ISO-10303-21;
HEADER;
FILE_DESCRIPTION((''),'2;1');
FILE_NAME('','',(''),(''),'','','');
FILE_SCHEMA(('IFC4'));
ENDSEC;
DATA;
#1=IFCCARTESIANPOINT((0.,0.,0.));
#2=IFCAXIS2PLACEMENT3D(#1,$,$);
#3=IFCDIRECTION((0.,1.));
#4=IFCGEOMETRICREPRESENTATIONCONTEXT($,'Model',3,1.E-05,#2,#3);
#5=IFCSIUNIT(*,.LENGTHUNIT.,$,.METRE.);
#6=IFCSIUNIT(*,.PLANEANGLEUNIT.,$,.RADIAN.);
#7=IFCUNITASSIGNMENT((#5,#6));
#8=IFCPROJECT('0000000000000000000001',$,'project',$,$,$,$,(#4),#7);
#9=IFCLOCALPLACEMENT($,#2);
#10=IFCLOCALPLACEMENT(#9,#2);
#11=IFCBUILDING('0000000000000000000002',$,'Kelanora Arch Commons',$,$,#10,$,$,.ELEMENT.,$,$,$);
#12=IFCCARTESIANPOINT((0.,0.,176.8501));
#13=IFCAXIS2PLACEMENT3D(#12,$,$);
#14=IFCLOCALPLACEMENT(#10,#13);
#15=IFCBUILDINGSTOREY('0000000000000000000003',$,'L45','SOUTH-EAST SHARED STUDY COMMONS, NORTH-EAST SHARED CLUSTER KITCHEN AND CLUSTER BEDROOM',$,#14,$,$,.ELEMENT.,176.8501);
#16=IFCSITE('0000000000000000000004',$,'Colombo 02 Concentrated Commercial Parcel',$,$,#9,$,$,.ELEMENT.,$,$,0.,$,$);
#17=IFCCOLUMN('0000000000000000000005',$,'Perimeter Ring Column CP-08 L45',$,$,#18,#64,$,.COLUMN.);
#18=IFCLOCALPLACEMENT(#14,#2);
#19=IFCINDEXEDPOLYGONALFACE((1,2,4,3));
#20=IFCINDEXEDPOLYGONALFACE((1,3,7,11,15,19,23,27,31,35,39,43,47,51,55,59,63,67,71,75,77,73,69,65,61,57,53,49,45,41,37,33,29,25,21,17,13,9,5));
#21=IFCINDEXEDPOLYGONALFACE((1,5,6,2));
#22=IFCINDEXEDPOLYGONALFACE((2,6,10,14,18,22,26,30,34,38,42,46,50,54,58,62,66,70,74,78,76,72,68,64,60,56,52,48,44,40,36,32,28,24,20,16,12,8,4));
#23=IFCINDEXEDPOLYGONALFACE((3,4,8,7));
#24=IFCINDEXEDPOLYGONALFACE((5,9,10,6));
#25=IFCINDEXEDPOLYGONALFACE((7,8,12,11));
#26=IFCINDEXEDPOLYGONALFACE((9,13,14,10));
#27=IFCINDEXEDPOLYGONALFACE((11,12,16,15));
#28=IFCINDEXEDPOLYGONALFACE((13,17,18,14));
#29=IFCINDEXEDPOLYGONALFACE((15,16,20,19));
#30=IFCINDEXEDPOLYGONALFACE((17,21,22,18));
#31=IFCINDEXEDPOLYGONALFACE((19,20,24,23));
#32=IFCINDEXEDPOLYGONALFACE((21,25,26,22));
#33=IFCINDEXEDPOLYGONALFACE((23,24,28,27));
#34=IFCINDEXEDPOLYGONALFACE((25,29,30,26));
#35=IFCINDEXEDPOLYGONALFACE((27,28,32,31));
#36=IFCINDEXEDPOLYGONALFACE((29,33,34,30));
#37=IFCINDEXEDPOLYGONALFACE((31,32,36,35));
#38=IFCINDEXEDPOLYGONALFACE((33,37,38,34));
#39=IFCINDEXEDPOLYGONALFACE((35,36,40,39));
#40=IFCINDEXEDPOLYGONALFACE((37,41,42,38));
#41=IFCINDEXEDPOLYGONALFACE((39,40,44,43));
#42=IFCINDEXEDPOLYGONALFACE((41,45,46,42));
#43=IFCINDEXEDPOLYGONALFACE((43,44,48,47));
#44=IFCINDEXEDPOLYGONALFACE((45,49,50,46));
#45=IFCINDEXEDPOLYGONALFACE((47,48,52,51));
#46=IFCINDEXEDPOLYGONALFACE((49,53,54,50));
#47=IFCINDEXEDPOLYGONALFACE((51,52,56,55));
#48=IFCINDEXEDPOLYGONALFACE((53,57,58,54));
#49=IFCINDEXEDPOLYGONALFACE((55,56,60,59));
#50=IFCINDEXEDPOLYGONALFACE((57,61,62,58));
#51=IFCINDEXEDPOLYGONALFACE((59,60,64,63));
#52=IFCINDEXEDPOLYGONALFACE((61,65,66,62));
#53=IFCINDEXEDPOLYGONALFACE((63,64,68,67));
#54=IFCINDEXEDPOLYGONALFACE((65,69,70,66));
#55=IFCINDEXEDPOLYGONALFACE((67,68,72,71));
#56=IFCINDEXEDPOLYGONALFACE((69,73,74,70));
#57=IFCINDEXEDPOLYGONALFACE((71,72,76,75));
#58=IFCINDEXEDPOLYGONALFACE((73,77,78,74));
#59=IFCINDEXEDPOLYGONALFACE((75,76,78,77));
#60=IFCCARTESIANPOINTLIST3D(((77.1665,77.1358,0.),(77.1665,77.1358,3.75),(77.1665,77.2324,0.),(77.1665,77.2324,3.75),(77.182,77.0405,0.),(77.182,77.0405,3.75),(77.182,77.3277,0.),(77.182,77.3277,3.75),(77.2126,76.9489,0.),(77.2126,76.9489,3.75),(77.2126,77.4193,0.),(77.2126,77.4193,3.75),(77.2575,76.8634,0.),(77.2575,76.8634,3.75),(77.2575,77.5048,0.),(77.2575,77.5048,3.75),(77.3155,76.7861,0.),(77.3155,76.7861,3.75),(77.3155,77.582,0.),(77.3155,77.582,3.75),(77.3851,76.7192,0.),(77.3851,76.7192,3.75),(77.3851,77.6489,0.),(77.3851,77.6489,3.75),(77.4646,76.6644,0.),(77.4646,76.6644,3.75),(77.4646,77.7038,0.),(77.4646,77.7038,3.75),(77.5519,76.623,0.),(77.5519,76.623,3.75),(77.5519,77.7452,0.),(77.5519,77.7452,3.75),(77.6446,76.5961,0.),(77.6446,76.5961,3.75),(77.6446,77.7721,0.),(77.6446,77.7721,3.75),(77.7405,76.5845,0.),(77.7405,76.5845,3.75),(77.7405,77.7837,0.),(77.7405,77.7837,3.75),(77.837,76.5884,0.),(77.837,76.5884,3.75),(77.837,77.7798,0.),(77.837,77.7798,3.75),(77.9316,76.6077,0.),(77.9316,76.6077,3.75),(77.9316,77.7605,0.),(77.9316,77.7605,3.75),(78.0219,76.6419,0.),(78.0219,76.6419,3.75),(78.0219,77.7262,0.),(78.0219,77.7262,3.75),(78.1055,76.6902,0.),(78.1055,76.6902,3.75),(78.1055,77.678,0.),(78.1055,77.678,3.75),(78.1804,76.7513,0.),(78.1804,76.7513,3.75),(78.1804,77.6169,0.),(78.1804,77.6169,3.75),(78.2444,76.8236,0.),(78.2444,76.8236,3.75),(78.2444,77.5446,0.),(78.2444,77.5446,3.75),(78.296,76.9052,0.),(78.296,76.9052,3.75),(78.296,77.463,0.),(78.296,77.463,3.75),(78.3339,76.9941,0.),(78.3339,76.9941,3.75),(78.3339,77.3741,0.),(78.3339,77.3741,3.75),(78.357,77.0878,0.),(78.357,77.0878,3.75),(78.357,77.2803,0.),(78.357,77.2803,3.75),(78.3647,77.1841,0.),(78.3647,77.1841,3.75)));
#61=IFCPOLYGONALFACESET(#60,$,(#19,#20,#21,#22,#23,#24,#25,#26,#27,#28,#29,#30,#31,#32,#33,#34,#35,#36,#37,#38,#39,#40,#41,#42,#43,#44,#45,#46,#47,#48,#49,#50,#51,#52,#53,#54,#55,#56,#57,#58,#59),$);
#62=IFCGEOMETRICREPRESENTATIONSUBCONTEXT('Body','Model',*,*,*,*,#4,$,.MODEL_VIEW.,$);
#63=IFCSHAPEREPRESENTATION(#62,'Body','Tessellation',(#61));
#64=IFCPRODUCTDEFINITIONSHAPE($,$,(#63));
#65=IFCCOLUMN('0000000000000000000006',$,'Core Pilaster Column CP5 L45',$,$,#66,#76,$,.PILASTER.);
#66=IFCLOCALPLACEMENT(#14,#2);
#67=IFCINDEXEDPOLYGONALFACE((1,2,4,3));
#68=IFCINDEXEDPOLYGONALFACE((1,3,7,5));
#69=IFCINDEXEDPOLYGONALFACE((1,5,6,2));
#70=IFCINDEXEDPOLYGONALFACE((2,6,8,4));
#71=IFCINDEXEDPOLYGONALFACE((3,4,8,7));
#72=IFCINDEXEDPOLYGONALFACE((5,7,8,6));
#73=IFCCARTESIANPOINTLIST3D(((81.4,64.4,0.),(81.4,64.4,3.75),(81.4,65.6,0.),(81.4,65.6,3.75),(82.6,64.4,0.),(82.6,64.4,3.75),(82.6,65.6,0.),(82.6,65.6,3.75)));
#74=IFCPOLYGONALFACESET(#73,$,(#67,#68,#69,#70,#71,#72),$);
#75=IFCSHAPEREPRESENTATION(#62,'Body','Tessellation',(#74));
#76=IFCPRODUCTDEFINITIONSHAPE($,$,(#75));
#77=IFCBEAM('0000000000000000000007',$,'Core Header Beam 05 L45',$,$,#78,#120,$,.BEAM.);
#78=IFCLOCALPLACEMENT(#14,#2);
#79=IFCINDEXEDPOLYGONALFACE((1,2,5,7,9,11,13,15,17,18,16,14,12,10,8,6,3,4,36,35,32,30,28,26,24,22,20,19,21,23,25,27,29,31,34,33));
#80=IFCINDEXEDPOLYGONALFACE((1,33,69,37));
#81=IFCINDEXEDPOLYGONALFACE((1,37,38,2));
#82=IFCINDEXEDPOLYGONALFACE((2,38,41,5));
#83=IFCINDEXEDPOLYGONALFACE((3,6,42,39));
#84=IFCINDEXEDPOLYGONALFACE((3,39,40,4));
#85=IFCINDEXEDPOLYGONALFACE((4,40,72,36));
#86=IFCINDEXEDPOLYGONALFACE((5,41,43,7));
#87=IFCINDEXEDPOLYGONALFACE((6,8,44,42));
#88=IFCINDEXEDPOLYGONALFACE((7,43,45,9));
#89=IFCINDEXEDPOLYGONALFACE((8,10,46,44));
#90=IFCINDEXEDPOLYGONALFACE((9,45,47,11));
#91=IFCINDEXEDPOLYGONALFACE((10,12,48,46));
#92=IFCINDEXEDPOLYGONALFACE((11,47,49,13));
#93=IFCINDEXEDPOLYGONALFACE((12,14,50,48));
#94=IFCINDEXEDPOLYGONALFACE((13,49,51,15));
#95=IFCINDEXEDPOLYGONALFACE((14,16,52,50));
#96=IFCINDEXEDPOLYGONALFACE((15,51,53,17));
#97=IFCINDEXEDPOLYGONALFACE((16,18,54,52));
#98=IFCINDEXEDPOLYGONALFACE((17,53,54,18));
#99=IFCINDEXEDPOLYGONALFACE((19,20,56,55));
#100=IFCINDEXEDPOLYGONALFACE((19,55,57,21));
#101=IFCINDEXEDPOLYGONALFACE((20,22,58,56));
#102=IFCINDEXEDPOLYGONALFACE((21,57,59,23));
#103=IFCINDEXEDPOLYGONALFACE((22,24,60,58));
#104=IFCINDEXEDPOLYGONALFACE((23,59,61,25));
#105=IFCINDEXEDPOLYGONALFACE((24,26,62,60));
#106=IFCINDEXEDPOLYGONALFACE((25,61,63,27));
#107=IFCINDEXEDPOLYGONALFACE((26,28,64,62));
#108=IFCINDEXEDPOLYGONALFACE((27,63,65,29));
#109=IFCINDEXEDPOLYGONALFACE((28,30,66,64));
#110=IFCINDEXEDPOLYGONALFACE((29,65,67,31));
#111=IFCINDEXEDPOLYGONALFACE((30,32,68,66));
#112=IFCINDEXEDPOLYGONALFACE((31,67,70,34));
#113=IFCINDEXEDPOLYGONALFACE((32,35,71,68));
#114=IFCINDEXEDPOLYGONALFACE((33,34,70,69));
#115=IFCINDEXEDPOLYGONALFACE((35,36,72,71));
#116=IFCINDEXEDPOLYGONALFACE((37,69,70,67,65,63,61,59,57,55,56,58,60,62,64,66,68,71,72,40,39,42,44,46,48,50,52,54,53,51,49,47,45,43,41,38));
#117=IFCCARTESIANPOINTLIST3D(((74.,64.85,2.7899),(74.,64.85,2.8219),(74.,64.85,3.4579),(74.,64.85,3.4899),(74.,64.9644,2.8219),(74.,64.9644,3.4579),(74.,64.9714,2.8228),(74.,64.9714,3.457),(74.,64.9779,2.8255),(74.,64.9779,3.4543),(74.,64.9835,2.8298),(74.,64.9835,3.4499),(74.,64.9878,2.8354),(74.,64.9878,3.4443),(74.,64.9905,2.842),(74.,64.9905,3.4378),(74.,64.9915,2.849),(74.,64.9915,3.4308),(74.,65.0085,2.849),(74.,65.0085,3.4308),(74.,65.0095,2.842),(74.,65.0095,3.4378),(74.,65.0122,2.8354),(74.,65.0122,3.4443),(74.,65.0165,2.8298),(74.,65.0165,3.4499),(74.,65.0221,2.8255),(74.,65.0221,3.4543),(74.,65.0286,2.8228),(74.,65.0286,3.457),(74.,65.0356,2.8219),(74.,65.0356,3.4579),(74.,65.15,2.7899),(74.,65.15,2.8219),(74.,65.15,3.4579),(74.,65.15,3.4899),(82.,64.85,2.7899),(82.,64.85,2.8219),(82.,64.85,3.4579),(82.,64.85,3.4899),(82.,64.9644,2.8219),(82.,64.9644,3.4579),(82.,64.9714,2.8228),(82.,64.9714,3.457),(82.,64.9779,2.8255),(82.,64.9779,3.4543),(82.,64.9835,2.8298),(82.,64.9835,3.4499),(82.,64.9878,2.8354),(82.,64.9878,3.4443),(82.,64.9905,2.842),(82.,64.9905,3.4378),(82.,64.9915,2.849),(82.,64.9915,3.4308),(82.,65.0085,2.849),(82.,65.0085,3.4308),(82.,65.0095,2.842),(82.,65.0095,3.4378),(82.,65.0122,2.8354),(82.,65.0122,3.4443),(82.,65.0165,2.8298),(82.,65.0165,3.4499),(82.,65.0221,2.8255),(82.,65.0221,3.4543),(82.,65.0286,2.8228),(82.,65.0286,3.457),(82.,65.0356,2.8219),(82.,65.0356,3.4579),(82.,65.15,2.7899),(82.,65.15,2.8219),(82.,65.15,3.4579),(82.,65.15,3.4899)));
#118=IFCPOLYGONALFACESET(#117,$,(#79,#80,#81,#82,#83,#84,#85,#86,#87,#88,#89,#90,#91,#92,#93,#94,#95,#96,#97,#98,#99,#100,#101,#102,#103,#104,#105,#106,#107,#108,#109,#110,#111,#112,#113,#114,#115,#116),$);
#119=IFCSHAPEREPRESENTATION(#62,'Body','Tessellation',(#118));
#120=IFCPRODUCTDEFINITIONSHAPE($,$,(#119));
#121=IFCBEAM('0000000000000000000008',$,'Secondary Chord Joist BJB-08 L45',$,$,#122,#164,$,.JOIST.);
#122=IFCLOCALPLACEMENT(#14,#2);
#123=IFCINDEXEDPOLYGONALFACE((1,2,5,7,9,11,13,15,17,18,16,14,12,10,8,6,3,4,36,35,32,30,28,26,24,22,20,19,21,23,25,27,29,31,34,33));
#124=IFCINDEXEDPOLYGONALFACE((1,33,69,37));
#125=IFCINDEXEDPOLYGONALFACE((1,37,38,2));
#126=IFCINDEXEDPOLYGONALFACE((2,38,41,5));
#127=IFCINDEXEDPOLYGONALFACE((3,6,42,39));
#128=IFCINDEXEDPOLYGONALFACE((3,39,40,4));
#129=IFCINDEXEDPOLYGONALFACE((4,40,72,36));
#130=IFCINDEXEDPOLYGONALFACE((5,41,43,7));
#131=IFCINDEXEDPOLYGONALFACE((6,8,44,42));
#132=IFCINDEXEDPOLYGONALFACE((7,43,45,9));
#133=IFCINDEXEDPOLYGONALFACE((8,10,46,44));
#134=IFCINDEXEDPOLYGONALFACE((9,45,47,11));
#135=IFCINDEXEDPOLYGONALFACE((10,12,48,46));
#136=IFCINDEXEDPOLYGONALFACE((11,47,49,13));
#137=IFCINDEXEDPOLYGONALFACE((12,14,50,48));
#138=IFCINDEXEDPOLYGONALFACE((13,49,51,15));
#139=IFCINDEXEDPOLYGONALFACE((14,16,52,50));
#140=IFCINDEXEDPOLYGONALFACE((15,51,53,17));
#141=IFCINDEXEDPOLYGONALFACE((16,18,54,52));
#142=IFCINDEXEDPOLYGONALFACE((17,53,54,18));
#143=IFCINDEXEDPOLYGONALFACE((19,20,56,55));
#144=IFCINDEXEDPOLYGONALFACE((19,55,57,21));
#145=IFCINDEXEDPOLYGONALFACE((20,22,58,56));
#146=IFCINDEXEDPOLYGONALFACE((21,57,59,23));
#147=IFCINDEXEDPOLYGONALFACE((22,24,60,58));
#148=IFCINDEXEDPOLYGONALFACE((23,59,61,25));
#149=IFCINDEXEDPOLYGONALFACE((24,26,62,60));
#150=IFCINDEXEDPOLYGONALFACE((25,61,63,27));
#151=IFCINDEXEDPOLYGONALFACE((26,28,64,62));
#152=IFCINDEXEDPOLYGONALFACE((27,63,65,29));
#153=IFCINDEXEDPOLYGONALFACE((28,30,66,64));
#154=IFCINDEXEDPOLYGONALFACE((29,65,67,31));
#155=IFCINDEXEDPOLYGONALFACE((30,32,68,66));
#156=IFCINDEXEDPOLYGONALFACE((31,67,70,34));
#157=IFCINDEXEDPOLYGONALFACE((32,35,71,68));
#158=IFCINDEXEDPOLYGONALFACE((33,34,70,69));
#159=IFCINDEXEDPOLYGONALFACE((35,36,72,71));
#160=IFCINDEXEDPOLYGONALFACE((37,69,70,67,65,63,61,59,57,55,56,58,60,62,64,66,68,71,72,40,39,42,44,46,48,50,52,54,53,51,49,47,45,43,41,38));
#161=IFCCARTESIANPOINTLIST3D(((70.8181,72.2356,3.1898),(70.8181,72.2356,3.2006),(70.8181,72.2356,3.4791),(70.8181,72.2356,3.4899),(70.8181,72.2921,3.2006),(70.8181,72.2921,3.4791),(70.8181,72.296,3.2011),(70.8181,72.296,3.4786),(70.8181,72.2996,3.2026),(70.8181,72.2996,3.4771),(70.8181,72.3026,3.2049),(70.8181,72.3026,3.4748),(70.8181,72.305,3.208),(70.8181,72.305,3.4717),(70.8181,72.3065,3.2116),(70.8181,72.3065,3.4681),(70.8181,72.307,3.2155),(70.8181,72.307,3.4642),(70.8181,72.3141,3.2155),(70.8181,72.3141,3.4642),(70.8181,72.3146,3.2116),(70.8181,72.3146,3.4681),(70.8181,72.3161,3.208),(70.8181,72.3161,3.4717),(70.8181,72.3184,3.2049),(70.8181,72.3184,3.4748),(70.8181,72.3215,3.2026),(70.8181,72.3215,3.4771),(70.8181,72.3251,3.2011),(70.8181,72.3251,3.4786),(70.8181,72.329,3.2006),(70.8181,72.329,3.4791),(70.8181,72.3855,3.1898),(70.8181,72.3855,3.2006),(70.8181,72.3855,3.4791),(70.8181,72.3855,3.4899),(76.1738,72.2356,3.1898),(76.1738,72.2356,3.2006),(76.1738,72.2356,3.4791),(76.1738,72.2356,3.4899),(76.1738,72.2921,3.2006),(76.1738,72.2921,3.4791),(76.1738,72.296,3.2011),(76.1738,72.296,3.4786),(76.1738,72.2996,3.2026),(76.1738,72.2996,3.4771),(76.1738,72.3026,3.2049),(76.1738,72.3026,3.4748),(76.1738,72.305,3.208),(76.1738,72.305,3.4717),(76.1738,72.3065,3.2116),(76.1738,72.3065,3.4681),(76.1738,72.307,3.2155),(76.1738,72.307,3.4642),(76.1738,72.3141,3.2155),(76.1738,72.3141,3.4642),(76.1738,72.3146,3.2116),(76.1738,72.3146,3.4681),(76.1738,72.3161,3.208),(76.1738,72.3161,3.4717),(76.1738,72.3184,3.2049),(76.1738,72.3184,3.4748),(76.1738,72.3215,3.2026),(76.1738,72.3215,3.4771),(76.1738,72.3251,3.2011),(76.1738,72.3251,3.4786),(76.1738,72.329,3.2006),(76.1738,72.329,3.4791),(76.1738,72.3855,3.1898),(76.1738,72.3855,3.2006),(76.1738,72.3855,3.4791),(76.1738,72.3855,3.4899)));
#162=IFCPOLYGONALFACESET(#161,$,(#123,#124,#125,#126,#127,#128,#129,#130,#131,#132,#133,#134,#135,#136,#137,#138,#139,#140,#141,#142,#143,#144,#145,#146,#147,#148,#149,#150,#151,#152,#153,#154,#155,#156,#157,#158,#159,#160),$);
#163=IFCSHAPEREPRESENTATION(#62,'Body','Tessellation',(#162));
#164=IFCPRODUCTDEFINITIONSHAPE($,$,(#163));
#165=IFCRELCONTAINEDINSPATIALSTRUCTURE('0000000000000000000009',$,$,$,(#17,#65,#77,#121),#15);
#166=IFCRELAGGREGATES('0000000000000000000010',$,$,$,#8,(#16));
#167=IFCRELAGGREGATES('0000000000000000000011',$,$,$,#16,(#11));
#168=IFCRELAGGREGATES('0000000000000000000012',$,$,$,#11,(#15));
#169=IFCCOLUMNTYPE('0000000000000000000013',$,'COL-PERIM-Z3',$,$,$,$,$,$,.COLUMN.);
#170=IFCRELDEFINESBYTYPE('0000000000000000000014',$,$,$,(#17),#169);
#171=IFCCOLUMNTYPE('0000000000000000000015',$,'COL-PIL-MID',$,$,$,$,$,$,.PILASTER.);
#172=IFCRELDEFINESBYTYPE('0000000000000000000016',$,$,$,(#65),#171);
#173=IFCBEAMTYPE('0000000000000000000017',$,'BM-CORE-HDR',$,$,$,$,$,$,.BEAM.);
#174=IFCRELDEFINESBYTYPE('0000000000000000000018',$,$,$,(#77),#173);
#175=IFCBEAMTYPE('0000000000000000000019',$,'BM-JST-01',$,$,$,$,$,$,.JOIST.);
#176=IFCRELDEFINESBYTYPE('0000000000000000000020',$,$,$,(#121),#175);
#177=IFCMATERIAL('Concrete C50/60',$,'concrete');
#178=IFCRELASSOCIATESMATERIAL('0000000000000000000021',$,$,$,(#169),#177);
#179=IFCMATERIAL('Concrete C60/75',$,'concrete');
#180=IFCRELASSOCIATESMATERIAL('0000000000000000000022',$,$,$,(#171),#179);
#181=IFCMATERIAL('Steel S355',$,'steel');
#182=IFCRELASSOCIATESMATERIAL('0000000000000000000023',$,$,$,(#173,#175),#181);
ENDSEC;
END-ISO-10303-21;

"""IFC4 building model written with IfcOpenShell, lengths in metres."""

from ifc_helpers import new_model, si_unit, direction, frame, origin, origin_2d, place, context, subcontext, project, spatial, rectangle, circle, i_section, extrude, material, material_profile, profile_set, type_object, element, save


model = new_model("IFC4")

# Units and contexts
model_context = context("Model", 3, precision=1e-05, world=origin(), true_north=direction((0.0, 1.0)))
body_context = subcontext(model_context, "Body", "Model", "MODEL_VIEW")
ifc_project = project(units=[si_unit("LENGTHUNIT", "METRE"), si_unit("PLANEANGLEUNIT", "RADIAN")], contexts=[model_context])

# Site, building, storey
site_placement = place(None, origin())
site = spatial("IfcSite", under=ifc_project, at=site_placement, Name="Colombo 02 Concentrated Commercial Parcel", CompositionType="ELEMENT", RefElevation=0.0)
building_placement = place(site_placement, origin())
building = spatial("IfcBuilding", under=site, at=building_placement, Name="Kelanora Arch Commons", CompositionType="ELEMENT")
storey_placement = place(building_placement, frame((0.0, 0.0, 176.8501)))
storey = spatial("IfcBuildingStorey", under=building, at=storey_placement, Name="L45", Description="SOUTH-EAST SHARED STUDY COMMONS, NORTH-EAST SHARED CLUSTER KITCHEN AND CLUSTER BEDROOM", CompositionType="ELEMENT", Elevation=176.8501)

# Columns
ifc_material_1 = material(Name="Concrete C50/60", Category="concrete")
ifc_material_profile_1 = material_profile(ifc_material_1, circle(Radius=0.6001, at=origin_2d()), Name="RCC1200")
ifc_profile_set_1 = profile_set([ifc_material_profile_1], Name="Concrete C50/60")
column_type_1 = type_object("IfcColumnType", Name="COL-PERIM-Z3", PredefinedType="COLUMN", material=ifc_profile_set_1)
column_1_placement = place(storey_placement, frame((77.7646, 77.1841, 0.0), z_axis=(0.0, 0.0, 1.0), x_axis=(1.0, 0.0, 0.0)))
element("IfcColumn", 1, at=column_1_placement, inside=storey, type_object=column_type_1, Name="Perimeter Ring Column CP-08 L45", PredefinedType="COLUMN", context=body_context, shape_type="SweptSolid", body=[
    extrude(circle(Radius=0.6001, at=origin_2d()), origin(), (0.0, 0.0, 1.0), 3.75),
])
ifc_material_2 = material(Name="Concrete C60/75", Category="concrete")
ifc_material_profile_2 = material_profile(ifc_material_2, rectangle(XDim=1.2, YDim=1.2, at=origin_2d()), Name="RC1200x1200")
ifc_profile_set_2 = profile_set([ifc_material_profile_2], Name="Concrete C60/75")
column_type_2 = type_object("IfcColumnType", Name="COL-PIL-MID", PredefinedType="PILASTER", material=ifc_profile_set_2)
column_2_placement = place(storey_placement, frame((82.0, 65.0, 0.0), z_axis=(0.0, 0.0, 1.0), x_axis=(1.0, 0.0, 0.0)))
element("IfcColumn", 2, at=column_2_placement, inside=storey, type_object=column_type_2, Name="Core Pilaster Column CP5 L45", PredefinedType="PILASTER", context=body_context, shape_type="SweptSolid", body=[
    extrude(rectangle(XDim=1.2, YDim=1.2, at=origin_2d()), origin(), (0.0, 0.0, 1.0), 3.75),
])

# Beams
ifc_material_3 = material(Name="Steel S355", Category="steel")
ifc_material_profile_3 = material_profile(ifc_material_3, i_section(OverallWidth=0.3, OverallDepth=0.7, WebThickness=0.0171, FlangeThickness=0.032, FilletRadius=0.0271, at=origin_2d()), Name="HEB700")
ifc_profile_set_3 = profile_set([ifc_material_profile_3], Name="Steel S355")
beam_type_1 = type_object("IfcBeamType", Name="BM-CORE-HDR", PredefinedType="BEAM", material=ifc_profile_set_3)
beam_1_placement = place(storey_placement, frame((82.0, 65.0, 3.1399), z_axis=(-1.0, 0.0, 0.0), x_axis=(0.0, -1.0, 0.0)))
element("IfcBeam", 3, at=beam_1_placement, inside=storey, type_object=beam_type_1, Name="Core Header Beam 05 L45", PredefinedType="BEAM", context=body_context, shape_type="SweptSolid", body=[
    extrude(i_section(OverallWidth=0.3, OverallDepth=0.7, WebThickness=0.0171, FlangeThickness=0.032, FilletRadius=0.0271, at=origin_2d()), origin(), (0.0, 0.0, 1.0), 8.0),
])
ifc_material_profile_4 = material_profile(ifc_material_3, i_section(OverallWidth=0.1499, OverallDepth=0.3, WebThickness=0.0071, FlangeThickness=0.0107, FilletRadius=0.0149, at=origin_2d()), Name="IPE300")
ifc_profile_set_4 = profile_set([ifc_material_profile_4], Name="Steel S355")
beam_type_2 = type_object("IfcBeamType", Name="BM-JST-01", PredefinedType="JOIST", material=ifc_profile_set_4)
beam_2_placement = place(storey_placement, frame((76.1738, 72.3105, 3.3398), z_axis=(-1.0, 0.0, 0.0), x_axis=(0.0, -1.0, 0.0)))
element("IfcBeam", 4, at=beam_2_placement, inside=storey, type_object=beam_type_2, Name="Secondary Chord Joist BJB-08 L45", PredefinedType="JOIST", context=body_context, shape_type="SweptSolid", body=[
    extrude(i_section(OverallWidth=0.1499, OverallDepth=0.3, WebThickness=0.0071, FlangeThickness=0.0107, FilletRadius=0.0149, at=origin_2d()), origin(), (0.0, 0.0, 1.0), 5.3557),
])

save(model, "model.ifc")
